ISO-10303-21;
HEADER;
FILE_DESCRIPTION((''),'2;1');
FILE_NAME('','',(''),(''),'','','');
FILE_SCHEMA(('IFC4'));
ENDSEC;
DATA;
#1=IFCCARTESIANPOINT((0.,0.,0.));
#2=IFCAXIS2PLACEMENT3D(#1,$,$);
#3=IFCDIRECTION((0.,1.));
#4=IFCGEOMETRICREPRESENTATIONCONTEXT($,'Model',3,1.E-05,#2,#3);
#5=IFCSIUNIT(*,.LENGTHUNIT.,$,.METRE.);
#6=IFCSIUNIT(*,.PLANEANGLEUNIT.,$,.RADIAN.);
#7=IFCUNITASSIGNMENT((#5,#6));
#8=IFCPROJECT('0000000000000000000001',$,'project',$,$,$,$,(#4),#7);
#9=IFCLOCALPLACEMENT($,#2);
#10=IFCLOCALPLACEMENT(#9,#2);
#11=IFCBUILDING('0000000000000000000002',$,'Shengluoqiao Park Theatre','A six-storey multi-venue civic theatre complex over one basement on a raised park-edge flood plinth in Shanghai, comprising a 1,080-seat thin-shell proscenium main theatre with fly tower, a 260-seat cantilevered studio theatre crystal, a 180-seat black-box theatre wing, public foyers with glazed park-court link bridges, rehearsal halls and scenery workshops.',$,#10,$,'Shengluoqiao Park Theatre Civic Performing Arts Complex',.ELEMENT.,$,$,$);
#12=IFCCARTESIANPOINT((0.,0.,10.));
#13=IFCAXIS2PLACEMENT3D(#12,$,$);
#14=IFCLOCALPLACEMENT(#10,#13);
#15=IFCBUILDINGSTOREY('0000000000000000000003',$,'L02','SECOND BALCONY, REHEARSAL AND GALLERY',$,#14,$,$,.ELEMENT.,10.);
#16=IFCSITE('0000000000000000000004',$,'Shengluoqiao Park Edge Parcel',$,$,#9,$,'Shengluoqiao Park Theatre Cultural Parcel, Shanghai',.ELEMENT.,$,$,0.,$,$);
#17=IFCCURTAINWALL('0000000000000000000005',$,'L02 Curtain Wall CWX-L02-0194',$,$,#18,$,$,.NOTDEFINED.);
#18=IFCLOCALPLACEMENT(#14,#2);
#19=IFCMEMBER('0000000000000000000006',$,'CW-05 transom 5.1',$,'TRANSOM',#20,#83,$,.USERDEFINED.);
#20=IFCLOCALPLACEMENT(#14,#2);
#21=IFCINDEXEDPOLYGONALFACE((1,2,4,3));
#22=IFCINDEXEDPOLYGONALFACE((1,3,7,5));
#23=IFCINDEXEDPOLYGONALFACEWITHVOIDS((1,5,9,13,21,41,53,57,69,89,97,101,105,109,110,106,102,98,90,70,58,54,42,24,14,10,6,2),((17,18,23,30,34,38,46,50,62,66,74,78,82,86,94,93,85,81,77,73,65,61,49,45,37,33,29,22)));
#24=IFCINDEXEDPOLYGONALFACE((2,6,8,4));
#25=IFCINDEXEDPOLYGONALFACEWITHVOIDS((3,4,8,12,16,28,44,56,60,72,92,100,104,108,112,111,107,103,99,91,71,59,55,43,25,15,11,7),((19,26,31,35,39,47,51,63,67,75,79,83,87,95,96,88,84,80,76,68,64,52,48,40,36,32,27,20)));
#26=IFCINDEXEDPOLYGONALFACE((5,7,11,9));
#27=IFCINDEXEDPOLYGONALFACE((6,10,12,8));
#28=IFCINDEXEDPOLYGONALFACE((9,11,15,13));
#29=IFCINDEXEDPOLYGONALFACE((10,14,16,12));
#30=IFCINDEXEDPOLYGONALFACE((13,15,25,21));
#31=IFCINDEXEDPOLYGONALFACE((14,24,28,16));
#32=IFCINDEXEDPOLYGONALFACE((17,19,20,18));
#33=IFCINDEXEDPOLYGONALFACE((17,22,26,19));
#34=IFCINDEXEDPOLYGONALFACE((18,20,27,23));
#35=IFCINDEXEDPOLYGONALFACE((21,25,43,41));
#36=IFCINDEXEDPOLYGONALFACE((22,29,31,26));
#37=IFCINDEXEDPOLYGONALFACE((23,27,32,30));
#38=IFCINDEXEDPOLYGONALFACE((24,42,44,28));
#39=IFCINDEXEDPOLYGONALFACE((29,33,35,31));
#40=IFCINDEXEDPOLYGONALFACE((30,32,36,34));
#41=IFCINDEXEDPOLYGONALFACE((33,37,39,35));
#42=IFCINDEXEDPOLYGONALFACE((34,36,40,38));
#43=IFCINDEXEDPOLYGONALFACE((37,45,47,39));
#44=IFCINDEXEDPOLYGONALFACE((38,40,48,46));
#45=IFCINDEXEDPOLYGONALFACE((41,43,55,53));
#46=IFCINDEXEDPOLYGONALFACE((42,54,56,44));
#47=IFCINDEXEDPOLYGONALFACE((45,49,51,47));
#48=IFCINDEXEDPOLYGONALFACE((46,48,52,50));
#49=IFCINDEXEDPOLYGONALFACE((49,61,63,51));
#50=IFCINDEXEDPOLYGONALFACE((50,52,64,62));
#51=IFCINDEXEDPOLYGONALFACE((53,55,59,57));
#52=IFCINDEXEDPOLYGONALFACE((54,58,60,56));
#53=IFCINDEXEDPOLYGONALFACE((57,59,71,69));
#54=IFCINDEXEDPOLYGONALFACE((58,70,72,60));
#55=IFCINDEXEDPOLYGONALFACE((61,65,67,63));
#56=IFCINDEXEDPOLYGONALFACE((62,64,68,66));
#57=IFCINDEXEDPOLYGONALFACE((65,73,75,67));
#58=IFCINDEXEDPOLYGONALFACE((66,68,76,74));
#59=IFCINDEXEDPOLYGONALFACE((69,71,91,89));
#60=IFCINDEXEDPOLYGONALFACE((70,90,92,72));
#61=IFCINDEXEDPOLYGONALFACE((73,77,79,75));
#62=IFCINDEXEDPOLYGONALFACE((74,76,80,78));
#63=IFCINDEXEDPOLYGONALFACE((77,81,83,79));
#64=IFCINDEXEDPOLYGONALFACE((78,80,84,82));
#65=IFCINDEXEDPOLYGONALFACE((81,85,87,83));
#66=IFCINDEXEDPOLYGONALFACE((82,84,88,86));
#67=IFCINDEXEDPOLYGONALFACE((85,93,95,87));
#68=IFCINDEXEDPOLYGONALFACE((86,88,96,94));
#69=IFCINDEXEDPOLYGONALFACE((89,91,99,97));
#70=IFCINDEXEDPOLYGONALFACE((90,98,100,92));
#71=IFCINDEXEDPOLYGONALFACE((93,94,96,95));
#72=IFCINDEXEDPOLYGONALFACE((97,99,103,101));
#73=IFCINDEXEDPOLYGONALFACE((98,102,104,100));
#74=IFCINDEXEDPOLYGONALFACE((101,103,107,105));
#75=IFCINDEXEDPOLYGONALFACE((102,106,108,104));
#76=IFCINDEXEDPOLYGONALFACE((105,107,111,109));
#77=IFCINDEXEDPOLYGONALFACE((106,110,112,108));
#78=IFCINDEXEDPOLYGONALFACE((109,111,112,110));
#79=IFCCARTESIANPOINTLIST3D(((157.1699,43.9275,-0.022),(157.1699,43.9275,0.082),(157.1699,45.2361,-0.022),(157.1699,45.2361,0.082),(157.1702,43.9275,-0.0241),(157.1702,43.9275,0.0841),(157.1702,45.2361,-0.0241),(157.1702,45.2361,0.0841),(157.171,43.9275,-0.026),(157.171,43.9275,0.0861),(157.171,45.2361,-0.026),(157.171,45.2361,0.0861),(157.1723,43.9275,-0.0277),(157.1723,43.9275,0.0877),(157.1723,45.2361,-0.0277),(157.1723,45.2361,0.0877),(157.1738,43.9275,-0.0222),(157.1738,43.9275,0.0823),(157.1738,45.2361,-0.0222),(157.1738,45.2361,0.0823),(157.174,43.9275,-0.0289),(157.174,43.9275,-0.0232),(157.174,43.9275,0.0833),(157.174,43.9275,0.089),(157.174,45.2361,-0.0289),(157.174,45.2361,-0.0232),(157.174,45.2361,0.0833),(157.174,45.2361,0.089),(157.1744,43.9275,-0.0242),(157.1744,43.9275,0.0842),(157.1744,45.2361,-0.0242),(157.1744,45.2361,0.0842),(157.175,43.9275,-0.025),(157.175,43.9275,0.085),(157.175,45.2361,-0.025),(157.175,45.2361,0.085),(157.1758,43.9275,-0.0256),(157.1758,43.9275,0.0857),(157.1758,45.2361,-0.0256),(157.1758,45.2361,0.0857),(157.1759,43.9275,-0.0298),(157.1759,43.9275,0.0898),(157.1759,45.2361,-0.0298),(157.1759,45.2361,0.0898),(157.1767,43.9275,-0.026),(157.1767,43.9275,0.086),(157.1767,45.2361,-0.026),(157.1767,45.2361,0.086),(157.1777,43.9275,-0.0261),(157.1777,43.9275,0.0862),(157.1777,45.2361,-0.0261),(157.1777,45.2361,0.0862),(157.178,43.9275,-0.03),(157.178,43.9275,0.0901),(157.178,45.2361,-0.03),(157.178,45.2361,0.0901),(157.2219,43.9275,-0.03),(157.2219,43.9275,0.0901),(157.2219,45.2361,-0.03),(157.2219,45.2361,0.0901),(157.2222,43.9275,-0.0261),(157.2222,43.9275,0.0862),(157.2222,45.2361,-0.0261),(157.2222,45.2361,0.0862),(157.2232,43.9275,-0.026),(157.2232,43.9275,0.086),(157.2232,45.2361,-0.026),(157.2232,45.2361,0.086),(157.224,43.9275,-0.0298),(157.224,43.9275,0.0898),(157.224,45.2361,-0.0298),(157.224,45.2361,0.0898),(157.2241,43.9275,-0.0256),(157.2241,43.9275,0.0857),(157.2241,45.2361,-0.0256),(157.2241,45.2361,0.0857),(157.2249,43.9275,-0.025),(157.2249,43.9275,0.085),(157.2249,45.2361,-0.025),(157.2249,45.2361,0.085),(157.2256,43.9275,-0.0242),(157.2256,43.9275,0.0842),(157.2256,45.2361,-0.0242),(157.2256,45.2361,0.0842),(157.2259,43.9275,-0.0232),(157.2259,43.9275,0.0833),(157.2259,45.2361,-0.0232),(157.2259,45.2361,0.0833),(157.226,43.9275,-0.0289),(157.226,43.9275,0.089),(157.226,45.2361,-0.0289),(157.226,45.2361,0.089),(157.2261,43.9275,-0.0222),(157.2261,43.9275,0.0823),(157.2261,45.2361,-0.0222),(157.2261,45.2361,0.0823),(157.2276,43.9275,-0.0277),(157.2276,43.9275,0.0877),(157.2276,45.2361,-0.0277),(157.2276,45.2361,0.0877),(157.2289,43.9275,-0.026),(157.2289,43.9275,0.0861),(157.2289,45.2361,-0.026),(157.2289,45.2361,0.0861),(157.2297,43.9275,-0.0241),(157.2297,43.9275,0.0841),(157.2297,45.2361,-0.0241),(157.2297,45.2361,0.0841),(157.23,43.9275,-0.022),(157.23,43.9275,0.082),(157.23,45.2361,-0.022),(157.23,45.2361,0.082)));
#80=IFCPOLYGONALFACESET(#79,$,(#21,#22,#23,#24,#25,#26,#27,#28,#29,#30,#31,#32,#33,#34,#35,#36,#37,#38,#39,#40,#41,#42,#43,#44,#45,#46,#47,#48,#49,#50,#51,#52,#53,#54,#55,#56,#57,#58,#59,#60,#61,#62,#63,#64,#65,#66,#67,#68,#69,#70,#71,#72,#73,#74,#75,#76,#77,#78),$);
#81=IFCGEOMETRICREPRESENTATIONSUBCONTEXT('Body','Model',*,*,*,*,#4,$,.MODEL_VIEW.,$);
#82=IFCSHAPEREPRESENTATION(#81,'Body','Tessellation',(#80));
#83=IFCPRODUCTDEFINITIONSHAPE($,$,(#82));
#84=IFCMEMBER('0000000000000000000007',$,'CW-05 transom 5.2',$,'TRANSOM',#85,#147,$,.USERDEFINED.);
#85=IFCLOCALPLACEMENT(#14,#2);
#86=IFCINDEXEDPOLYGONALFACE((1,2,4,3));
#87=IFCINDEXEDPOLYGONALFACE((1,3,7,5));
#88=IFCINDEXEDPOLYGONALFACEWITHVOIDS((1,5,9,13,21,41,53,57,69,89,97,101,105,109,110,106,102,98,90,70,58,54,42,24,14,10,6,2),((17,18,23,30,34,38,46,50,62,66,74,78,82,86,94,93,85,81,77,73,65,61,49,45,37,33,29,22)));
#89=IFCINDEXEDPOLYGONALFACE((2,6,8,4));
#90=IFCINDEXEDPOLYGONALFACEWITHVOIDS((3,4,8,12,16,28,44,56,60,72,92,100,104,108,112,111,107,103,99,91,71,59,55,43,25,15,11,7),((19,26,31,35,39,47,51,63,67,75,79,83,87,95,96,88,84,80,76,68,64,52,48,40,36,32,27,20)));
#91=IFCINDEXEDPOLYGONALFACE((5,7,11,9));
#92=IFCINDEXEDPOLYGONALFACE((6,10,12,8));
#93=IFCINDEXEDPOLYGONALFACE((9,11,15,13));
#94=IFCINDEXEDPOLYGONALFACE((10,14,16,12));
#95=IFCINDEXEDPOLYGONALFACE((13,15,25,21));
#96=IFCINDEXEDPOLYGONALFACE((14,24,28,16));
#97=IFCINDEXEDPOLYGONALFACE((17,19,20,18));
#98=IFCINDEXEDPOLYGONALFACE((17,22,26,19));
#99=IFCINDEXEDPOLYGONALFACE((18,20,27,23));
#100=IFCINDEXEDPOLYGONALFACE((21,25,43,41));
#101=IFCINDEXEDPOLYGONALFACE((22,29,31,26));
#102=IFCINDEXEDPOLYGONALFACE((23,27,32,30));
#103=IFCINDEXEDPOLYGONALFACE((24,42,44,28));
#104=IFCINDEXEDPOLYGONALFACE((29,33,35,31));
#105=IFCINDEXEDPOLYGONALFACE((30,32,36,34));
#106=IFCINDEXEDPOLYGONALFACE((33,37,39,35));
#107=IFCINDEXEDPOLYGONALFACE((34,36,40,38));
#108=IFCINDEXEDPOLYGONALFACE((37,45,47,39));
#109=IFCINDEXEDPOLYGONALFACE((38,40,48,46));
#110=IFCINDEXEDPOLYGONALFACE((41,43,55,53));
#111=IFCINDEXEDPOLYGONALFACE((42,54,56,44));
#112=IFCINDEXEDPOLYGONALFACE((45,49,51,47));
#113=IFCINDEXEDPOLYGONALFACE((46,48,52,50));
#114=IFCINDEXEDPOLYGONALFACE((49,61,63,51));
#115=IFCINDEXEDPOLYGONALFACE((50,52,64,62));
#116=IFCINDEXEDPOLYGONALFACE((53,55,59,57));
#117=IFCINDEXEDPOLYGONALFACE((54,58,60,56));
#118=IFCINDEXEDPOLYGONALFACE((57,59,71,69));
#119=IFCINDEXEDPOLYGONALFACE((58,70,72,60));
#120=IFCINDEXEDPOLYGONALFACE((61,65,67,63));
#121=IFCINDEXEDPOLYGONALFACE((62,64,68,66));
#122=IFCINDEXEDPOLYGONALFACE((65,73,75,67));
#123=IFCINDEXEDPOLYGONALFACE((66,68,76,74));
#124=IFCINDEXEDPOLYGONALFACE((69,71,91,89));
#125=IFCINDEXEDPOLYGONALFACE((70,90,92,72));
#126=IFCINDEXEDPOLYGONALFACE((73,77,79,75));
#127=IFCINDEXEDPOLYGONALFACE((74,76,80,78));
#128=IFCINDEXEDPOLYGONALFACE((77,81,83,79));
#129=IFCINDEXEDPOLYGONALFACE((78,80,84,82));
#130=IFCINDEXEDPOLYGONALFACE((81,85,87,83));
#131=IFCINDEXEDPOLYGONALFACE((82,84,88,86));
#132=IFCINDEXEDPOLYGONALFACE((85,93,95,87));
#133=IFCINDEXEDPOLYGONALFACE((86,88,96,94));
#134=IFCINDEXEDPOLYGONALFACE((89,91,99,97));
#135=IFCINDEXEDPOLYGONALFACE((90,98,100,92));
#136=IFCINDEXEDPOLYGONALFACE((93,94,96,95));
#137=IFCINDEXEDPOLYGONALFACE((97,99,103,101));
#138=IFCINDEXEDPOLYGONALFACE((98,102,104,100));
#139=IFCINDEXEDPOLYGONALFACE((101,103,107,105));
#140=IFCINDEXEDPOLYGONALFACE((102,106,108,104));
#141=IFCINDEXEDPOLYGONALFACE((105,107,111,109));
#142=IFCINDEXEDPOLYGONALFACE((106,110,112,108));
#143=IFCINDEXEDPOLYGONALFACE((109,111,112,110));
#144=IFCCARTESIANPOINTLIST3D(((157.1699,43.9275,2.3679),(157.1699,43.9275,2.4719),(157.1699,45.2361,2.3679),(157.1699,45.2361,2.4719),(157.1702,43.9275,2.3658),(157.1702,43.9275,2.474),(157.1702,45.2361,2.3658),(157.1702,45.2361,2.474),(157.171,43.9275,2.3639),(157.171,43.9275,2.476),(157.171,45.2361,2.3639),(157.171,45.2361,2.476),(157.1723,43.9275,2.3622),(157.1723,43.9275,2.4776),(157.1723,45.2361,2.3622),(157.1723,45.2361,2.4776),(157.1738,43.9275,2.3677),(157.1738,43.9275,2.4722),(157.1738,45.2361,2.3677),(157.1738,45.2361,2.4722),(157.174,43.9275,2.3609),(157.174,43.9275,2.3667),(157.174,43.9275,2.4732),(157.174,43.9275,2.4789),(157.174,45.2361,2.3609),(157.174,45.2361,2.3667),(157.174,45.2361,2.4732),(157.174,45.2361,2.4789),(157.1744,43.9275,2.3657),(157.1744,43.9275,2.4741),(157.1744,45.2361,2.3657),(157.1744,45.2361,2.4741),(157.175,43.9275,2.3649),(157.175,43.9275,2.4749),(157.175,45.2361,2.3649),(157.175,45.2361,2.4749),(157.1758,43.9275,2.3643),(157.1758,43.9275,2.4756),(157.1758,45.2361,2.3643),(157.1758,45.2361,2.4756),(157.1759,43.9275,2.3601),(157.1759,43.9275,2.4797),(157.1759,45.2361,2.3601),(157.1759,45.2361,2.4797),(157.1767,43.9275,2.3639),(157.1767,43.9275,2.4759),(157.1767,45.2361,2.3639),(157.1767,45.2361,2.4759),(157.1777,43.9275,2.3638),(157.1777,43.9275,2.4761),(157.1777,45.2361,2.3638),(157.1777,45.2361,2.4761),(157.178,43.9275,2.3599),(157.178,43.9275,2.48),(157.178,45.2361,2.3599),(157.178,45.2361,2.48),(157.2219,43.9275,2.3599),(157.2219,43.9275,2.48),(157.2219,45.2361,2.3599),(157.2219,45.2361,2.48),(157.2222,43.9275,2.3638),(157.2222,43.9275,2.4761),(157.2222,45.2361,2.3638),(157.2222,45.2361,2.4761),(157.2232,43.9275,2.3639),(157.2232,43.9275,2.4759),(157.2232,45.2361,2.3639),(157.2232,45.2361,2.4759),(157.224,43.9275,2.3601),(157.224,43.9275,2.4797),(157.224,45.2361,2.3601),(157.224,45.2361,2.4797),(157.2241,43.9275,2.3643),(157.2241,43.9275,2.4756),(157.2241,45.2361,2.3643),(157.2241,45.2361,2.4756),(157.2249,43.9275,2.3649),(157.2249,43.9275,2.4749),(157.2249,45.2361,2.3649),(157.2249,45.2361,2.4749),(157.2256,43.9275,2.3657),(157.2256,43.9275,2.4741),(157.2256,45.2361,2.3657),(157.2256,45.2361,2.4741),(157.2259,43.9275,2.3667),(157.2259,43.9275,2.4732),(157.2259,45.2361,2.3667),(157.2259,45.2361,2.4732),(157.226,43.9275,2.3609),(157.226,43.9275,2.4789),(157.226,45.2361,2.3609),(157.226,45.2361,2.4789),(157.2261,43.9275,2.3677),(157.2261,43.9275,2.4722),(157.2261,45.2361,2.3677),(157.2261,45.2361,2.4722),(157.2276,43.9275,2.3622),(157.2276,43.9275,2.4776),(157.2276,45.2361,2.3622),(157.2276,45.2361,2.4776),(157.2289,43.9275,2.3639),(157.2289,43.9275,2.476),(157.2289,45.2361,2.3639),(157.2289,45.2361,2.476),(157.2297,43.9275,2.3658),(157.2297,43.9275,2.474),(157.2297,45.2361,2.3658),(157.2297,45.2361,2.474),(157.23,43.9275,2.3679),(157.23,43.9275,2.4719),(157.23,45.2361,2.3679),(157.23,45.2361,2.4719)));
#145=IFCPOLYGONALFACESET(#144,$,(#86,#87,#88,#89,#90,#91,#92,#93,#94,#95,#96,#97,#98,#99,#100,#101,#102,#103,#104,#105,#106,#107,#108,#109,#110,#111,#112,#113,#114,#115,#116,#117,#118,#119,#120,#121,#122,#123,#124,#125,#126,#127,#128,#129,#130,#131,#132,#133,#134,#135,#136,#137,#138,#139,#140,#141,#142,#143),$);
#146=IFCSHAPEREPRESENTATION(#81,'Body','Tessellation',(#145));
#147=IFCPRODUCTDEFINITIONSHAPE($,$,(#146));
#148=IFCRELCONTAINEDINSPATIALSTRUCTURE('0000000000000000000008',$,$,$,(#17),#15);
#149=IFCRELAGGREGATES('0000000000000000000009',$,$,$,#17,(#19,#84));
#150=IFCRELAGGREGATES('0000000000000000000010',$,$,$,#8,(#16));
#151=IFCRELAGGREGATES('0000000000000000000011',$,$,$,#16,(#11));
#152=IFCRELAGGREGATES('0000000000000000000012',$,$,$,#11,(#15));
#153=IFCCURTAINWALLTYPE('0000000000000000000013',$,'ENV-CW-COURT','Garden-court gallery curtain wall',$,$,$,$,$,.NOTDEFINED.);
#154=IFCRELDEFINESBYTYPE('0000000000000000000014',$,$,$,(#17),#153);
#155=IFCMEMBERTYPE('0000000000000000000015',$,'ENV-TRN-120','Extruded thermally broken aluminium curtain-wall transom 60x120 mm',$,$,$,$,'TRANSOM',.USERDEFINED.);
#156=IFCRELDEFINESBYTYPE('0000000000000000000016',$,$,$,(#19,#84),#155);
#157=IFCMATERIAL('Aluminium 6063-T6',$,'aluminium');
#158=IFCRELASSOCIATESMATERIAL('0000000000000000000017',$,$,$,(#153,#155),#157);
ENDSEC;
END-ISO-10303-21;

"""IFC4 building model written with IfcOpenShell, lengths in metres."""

from ifc_helpers import new_model, si_unit, direction, frame, origin, origin_2d, place, context, subcontext, project, spatial, hollow_rectangle, extrude, material, material_profile, profile_set, type_object, element, aggregate, save


model = new_model("IFC4")

# Units and contexts
model_context = context("Model", 3, precision=1e-05, world=origin(), true_north=direction((0.0, 1.0)))
body_context = subcontext(model_context, "Body", "Model", "MODEL_VIEW")
ifc_project = project(units=[si_unit("LENGTHUNIT", "METRE"), si_unit("PLANEANGLEUNIT", "RADIAN")], contexts=[model_context])

# Site, building, storey
site_placement = place(None, origin())
site = spatial("IfcSite", under=ifc_project, at=site_placement, Name="Shengluoqiao Park Edge Parcel", LongName="Shengluoqiao Park Theatre Cultural Parcel, Shanghai", CompositionType="ELEMENT", RefElevation=0.0)
building_placement = place(site_placement, origin())
building = spatial("IfcBuilding", under=site, at=building_placement, Name="Shengluoqiao Park Theatre", Description="A six-storey multi-venue civic theatre complex over one basement on a raised park-edge flood plinth in Shanghai, comprising a 1,080-seat thin-shell proscenium main theatre with fly tower, a 260-seat cantilevered studio theatre crystal, a 180-seat black-box theatre wing, public foyers with glazed park-court link bridges, rehearsal halls and scenery workshops.", LongName="Shengluoqiao Park Theatre Civic Performing Arts Complex", CompositionType="ELEMENT")
storey_placement = place(building_placement, frame((0.0, 0.0, 10.0)))
storey = spatial("IfcBuildingStorey", under=building, at=storey_placement, Name="L02", Description="SECOND BALCONY, REHEARSAL AND GALLERY", CompositionType="ELEMENT", Elevation=10.0)

# Curtain wall
ifc_material_1 = material(Name="Aluminium 6063-T6", Category="aluminium")
curtain_wall_type = type_object("IfcCurtainWallType", Name="ENV-CW-COURT", Description="Garden-court gallery curtain wall", PredefinedType="NOTDEFINED", material=ifc_material_1)
curtain_wall_1_placement = place(storey_placement, origin())
curtain_wall_1 = element("IfcCurtainWall", 1, at=curtain_wall_1_placement, inside=storey, type_object=curtain_wall_type, Name="L02 Curtain Wall CWX-L02-0194", PredefinedType="NOTDEFINED")

# Members
ifc_material_profile_1 = material_profile(ifc_material_1, hollow_rectangle(XDim=0.0601, YDim=0.1201, WallThickness=0.0039, InnerFilletRadius=0.0039, OuterFilletRadius=0.0081, at=origin_2d()), Name="ALU TRANSOM 120x60x4")
ifc_profile_set_1 = profile_set([ifc_material_profile_1], Name="Aluminium 6063-T6")
member_type_1 = type_object("IfcMemberType", Name="ENV-TRN-120", Description="Extruded thermally broken aluminium curtain-wall transom 60x120 mm", ElementType="TRANSOM", PredefinedType="USERDEFINED", material=ifc_profile_set_1)
member_1_placement = place(storey_placement, frame((157.2, 43.9275, 0.03), z_axis=(0.0, 1.0, 0.0), x_axis=(-1.0, 0.0, 0.0)))
member_1 = element("IfcMember", 2, at=member_1_placement, type_object=member_type_1, Name="CW-05 transom 5.1", ObjectType="TRANSOM", PredefinedType="USERDEFINED", context=body_context, shape_type="SweptSolid", body=[
    extrude(hollow_rectangle(XDim=0.0601, YDim=0.1201, WallThickness=0.0039, InnerFilletRadius=0.0039, OuterFilletRadius=0.0081, at=origin_2d()), origin(), (0.0, 0.0, 1.0), 1.3086),
])
member_2_placement = place(storey_placement, frame((157.2, 43.9275, 2.4199), z_axis=(0.0, 1.0, 0.0), x_axis=(-1.0, 0.0, 0.0)))
member_2 = element("IfcMember", 3, at=member_2_placement, type_object=member_type_1, Name="CW-05 transom 5.2", ObjectType="TRANSOM", PredefinedType="USERDEFINED", context=body_context, shape_type="SweptSolid", body=[
    extrude(hollow_rectangle(XDim=0.0601, YDim=0.1201, WallThickness=0.0039, InnerFilletRadius=0.0039, OuterFilletRadius=0.0081, at=origin_2d()), origin(), (0.0, 0.0, 1.0), 1.3086),
])

aggregate(curtain_wall_1, [member_1, member_2])

save(model, "model.ifc")
